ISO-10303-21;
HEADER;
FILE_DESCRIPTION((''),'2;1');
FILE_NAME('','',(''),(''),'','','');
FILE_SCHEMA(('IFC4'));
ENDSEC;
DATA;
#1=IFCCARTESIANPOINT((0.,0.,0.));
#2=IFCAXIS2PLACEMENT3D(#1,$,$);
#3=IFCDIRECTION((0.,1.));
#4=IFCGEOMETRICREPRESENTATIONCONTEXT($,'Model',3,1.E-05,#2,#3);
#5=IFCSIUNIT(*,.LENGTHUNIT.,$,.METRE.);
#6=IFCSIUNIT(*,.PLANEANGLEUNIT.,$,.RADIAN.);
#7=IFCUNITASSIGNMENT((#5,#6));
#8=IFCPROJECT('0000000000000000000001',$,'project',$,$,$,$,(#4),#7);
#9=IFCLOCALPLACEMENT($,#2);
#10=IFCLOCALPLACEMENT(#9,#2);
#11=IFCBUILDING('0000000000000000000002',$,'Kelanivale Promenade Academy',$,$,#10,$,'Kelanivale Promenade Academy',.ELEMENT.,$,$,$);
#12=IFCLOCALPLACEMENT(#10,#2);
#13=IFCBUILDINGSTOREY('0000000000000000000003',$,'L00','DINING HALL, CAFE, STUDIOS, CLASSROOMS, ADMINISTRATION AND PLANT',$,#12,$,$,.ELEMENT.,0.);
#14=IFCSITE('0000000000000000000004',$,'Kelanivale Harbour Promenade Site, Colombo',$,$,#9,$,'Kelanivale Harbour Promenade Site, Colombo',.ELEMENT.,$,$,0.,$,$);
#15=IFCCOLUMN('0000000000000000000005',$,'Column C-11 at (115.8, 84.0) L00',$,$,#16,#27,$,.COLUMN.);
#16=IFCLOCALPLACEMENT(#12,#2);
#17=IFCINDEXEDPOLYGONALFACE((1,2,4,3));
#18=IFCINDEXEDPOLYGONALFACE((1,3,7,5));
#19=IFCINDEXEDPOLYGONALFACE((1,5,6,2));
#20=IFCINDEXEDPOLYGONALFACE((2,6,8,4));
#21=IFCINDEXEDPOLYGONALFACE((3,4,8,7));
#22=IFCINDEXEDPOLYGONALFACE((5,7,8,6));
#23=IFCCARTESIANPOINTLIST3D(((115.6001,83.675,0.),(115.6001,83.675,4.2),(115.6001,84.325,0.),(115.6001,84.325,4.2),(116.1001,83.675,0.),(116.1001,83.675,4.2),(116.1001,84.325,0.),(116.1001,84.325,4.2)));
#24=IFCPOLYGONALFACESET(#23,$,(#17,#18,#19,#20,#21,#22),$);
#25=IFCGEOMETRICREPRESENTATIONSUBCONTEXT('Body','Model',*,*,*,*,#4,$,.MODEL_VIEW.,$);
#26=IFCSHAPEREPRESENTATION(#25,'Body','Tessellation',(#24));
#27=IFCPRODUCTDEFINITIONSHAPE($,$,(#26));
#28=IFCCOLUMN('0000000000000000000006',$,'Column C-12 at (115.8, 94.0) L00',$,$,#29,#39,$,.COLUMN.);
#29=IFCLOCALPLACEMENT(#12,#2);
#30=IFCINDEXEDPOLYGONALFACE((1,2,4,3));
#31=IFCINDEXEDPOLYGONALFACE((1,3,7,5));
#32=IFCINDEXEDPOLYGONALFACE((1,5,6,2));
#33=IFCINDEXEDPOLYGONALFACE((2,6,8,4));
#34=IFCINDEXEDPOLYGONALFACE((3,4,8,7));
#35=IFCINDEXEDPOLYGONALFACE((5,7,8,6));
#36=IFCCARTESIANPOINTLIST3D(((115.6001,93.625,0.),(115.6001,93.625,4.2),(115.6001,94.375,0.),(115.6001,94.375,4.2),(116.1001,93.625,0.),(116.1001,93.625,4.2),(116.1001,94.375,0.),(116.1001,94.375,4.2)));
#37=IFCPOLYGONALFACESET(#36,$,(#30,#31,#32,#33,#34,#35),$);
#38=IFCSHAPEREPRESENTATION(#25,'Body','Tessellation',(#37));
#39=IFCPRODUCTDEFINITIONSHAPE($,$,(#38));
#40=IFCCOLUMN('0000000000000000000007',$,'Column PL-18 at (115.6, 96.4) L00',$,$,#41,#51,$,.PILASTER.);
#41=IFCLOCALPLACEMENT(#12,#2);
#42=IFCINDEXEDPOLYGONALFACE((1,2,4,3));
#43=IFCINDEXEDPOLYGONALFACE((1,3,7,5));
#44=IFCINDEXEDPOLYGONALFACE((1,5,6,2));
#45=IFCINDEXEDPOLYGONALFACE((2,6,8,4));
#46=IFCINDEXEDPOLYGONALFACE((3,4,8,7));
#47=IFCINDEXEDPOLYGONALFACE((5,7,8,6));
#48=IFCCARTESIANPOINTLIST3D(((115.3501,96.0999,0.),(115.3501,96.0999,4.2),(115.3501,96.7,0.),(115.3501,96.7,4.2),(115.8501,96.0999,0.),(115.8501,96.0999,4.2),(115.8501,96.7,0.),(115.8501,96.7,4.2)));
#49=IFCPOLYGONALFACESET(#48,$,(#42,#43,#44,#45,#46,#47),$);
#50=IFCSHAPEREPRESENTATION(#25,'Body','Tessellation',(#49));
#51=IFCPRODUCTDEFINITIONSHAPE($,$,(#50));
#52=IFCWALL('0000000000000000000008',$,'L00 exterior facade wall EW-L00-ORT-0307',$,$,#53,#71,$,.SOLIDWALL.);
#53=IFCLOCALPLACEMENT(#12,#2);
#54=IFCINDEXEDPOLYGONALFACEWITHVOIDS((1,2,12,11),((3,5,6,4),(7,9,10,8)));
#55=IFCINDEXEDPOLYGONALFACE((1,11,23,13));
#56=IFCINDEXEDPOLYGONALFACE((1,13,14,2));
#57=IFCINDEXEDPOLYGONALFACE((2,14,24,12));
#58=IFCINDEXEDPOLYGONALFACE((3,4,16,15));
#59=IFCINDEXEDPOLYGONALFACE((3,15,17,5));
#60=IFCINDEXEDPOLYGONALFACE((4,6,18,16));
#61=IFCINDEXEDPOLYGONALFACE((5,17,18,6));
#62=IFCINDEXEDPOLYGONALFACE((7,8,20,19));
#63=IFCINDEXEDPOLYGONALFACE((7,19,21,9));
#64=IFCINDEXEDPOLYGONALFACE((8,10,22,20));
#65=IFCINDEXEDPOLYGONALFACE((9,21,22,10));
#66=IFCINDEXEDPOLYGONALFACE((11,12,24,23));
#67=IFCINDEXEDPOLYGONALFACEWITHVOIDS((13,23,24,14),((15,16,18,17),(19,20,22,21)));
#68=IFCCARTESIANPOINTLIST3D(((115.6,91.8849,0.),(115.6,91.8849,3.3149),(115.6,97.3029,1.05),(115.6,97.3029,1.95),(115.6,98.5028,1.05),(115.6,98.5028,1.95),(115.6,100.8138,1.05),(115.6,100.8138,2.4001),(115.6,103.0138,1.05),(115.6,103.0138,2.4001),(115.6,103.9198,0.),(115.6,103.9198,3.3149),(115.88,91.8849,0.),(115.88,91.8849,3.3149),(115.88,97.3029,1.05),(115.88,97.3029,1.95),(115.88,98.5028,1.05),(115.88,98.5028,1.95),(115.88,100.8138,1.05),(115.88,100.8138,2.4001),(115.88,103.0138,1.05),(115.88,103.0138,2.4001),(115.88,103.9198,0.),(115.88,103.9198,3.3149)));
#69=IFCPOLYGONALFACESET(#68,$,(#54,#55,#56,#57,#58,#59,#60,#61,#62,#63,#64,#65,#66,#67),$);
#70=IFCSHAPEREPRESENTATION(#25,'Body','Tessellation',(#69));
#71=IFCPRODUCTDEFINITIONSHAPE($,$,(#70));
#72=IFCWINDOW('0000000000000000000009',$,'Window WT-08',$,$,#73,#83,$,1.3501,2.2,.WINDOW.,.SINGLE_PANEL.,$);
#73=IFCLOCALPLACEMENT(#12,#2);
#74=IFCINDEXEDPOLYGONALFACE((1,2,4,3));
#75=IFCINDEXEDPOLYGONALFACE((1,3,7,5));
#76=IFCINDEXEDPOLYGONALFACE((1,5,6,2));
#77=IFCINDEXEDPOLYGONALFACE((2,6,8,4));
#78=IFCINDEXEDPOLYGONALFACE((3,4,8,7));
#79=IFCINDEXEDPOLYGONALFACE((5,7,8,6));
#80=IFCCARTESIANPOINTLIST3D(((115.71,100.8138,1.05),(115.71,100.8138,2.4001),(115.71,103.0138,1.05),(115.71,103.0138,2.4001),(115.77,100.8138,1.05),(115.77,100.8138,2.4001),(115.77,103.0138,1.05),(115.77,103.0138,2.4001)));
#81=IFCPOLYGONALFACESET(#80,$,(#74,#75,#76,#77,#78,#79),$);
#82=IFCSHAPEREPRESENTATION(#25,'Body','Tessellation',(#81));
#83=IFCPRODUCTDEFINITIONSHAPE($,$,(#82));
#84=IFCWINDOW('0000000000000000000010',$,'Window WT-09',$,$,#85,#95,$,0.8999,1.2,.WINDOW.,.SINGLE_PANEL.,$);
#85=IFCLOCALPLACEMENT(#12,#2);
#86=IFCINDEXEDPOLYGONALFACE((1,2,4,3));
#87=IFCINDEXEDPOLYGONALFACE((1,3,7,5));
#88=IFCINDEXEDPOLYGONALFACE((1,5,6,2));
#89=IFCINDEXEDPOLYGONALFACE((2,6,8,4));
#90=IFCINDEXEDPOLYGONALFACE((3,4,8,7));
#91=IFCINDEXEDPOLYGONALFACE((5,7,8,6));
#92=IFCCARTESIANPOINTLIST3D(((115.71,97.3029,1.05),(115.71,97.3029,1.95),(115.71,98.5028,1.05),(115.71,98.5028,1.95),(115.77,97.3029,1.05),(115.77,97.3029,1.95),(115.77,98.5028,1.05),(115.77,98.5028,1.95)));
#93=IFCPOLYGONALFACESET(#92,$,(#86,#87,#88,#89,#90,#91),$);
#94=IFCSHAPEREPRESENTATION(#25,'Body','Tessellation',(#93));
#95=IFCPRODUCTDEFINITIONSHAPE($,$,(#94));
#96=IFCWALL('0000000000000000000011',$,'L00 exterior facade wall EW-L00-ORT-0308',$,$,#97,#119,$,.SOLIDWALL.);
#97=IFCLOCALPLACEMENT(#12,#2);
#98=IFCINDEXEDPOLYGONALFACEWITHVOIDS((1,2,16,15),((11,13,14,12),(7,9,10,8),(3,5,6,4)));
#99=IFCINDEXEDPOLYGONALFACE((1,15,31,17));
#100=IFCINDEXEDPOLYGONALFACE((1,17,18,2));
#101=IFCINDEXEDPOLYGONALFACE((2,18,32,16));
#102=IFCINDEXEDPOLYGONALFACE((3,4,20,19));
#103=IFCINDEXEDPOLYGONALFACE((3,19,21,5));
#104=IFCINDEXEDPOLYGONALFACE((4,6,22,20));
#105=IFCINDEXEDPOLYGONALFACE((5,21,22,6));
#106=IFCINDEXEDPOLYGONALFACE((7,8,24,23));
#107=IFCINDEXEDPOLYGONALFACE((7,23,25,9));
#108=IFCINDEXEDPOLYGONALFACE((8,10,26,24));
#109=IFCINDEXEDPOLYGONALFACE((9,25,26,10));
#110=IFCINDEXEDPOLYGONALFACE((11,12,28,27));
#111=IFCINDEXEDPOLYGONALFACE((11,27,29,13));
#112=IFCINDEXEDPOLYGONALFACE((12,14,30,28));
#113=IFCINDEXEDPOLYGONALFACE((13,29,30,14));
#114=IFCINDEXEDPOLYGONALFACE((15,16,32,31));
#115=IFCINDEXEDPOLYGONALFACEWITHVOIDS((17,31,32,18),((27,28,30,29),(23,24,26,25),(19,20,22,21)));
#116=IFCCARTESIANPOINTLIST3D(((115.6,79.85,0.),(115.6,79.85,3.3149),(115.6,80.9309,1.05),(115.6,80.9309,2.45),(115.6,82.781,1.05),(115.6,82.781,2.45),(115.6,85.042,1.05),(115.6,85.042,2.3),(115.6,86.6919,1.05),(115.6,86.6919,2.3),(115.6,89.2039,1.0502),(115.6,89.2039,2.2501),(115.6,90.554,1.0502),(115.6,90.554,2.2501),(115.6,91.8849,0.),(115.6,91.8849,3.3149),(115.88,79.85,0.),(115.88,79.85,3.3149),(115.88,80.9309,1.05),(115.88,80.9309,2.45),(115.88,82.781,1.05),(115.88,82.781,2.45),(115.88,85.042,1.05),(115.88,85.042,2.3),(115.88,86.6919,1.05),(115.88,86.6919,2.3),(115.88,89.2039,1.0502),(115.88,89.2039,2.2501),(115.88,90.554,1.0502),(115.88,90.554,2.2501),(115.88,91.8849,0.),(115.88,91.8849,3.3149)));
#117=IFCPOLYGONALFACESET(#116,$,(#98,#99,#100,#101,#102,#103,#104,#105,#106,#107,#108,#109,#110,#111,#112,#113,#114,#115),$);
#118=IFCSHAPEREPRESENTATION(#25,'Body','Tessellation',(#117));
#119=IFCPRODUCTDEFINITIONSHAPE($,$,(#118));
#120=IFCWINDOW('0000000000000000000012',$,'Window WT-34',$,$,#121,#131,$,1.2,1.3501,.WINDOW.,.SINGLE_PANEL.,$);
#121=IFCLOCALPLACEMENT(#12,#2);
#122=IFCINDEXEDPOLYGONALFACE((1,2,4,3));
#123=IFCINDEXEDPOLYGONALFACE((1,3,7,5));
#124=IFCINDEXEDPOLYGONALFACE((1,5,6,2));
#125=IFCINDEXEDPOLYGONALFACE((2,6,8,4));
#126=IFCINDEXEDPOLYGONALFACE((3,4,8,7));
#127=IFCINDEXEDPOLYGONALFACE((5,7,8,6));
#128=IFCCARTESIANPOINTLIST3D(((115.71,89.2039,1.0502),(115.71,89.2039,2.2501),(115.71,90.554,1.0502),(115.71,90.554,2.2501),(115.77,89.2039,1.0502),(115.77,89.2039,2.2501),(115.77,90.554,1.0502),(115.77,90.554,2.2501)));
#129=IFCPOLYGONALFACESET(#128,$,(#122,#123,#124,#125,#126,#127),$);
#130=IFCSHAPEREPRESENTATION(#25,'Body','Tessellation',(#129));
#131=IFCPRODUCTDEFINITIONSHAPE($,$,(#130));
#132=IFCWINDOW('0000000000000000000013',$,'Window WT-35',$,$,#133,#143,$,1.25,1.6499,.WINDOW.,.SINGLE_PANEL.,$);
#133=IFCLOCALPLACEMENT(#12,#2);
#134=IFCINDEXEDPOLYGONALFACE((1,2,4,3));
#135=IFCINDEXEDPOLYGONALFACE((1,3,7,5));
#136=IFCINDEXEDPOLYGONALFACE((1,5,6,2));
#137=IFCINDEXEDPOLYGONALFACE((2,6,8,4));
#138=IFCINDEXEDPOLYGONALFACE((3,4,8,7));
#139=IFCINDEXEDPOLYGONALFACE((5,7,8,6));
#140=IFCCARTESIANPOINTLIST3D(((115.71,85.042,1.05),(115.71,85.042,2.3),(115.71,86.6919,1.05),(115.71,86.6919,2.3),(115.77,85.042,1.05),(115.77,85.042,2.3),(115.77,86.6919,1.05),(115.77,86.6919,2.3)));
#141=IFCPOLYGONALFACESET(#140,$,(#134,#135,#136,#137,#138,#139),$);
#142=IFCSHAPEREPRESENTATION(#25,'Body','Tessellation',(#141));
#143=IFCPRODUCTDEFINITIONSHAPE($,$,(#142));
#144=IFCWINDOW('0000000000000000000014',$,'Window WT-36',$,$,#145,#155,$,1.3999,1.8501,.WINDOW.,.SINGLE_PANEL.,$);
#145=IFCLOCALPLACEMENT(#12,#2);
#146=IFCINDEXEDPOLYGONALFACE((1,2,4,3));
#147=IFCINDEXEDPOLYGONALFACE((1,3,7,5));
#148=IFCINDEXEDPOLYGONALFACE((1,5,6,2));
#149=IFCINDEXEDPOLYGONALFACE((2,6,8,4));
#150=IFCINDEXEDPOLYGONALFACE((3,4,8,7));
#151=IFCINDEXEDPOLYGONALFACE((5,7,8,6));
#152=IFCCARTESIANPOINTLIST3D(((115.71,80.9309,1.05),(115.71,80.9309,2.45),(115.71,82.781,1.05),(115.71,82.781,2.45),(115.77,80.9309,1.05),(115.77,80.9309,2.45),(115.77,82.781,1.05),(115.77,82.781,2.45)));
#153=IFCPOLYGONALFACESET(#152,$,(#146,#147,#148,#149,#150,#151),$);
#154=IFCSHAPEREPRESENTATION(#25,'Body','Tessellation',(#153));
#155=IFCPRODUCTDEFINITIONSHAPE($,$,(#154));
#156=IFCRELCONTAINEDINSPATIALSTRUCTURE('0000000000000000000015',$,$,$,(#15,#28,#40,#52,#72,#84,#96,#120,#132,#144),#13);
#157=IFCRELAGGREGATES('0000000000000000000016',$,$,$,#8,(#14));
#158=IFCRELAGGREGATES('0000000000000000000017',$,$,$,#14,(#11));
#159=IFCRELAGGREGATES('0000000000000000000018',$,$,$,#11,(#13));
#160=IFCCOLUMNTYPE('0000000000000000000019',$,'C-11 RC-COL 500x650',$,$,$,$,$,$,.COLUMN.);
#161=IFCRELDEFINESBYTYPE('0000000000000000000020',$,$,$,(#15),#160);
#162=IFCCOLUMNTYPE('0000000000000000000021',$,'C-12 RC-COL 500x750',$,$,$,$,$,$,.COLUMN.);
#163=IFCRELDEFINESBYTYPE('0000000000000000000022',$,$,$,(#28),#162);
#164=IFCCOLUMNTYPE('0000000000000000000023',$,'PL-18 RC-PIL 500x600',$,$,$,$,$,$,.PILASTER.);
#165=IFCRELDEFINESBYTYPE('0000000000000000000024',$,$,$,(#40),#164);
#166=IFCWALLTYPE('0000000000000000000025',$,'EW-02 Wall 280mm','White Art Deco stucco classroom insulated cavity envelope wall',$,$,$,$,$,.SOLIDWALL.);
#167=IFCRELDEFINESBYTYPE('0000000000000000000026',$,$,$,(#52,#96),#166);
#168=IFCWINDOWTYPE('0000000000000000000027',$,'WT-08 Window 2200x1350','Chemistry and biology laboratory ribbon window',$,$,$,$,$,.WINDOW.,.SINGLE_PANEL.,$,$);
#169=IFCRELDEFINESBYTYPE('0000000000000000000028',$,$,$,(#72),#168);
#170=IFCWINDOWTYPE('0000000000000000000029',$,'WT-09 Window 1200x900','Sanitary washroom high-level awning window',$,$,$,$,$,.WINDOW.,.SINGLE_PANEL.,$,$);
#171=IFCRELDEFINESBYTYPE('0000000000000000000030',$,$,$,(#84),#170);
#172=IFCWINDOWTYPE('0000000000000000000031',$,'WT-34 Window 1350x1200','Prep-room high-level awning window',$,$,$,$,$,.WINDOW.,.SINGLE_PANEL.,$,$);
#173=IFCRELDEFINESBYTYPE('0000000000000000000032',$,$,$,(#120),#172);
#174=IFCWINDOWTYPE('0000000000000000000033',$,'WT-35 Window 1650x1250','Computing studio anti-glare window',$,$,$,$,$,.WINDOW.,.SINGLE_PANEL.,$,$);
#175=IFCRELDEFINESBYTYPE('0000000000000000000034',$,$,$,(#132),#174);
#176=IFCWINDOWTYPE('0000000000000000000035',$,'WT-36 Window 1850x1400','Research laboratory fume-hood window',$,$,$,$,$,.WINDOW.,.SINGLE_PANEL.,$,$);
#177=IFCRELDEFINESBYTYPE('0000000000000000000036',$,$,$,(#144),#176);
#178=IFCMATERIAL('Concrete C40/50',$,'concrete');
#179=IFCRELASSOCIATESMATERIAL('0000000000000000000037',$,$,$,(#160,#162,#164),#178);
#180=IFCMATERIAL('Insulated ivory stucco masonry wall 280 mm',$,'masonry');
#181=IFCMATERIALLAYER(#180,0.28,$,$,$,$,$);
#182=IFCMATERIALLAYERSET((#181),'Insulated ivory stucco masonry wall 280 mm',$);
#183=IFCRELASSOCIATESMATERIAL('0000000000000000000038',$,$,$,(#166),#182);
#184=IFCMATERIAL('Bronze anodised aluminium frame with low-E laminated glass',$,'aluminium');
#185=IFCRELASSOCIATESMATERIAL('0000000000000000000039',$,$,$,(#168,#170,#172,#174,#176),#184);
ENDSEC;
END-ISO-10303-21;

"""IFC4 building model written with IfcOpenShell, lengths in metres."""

from ifc_helpers import new_model, si_unit, direction, frame, frame_2d, origin, origin_2d, place, context, subcontext, project, spatial, rectangle, extrude, material, layer, layer_set, material_profile, profile_set, type_object, element, fill, save


model = new_model("IFC4")

# Units and contexts
model_context = context("Model", 3, precision=1e-05, world=origin(), true_north=direction((0.0, 1.0)))
body_context = subcontext(model_context, "Body", "Model", "MODEL_VIEW")
ifc_project = project(units=[si_unit("LENGTHUNIT", "METRE"), si_unit("PLANEANGLEUNIT", "RADIAN")], contexts=[model_context])

# Site, building, storey
site_placement = place(None, origin())
site = spatial("IfcSite", under=ifc_project, at=site_placement, Name="Kelanivale Harbour Promenade Site, Colombo", LongName="Kelanivale Harbour Promenade Site, Colombo", CompositionType="ELEMENT", RefElevation=0.0)
building_placement = place(site_placement, origin())
building = spatial("IfcBuilding", under=site, at=building_placement, Name="Kelanivale Promenade Academy", LongName="Kelanivale Promenade Academy", CompositionType="ELEMENT")
storey_placement = place(building_placement, origin())
storey = spatial("IfcBuildingStorey", under=building, at=storey_placement, Name="L00", Description="DINING HALL, CAFE, STUDIOS, CLASSROOMS, ADMINISTRATION AND PLANT", CompositionType="ELEMENT", Elevation=0.0)

# Columns
ifc_material_1 = material(Name="Concrete C40/50", Category="concrete")
ifc_material_profile_1 = material_profile(ifc_material_1, rectangle(XDim=0.5, YDim=0.6499, at=origin_2d()), Name="RC-COL 500x650")
ifc_profile_set_1 = profile_set([ifc_material_profile_1], Name="Concrete C40/50")
column_type_1 = type_object("IfcColumnType", Name="C-11 RC-COL 500x650", PredefinedType="COLUMN", material=ifc_profile_set_1)
column_1_placement = place(storey_placement, frame((115.8501, 84.0, 0.0), z_axis=(0.0, 0.0, 1.0), x_axis=(1.0, 0.0, 0.0)))
element("IfcColumn", 1, at=column_1_placement, inside=storey, type_object=column_type_1, Name="Column C-11 at (115.8, 84.0) L00", PredefinedType="COLUMN", context=body_context, shape_type="SweptSolid", body=[
    extrude(rectangle(XDim=0.5, YDim=0.6499, at=origin_2d()), origin(), (0.0, 0.0, 1.0), 4.2),
])
ifc_material_profile_2 = material_profile(ifc_material_1, rectangle(XDim=0.5, YDim=0.75, at=origin_2d()), Name="RC-COL 500x750")
ifc_profile_set_2 = profile_set([ifc_material_profile_2], Name="Concrete C40/50")
column_type_2 = type_object("IfcColumnType", Name="C-12 RC-COL 500x750", PredefinedType="COLUMN", material=ifc_profile_set_2)
column_2_placement = place(storey_placement, frame((115.8501, 94.0, 0.0), z_axis=(0.0, 0.0, 1.0), x_axis=(1.0, 0.0, 0.0)))
element("IfcColumn", 2, at=column_2_placement, inside=storey, type_object=column_type_2, Name="Column C-12 at (115.8, 94.0) L00", PredefinedType="COLUMN", context=body_context, shape_type="SweptSolid", body=[
    extrude(rectangle(XDim=0.5, YDim=0.75, at=origin_2d()), origin(), (0.0, 0.0, 1.0), 4.2),
])
ifc_material_profile_3 = material_profile(ifc_material_1, rectangle(XDim=0.5, YDim=0.6001, at=origin_2d()), Name="RC-PIL 500x600")
ifc_profile_set_3 = profile_set([ifc_material_profile_3], Name="Concrete C40/50")
column_type_3 = type_object("IfcColumnType", Name="PL-18 RC-PIL 500x600", PredefinedType="PILASTER", material=ifc_profile_set_3)
column_3_placement = place(storey_placement, frame((115.6001, 96.3999, 0.0), z_axis=(0.0, 0.0, 1.0), x_axis=(1.0, 0.0, 0.0)))
element("IfcColumn", 3, at=column_3_placement, inside=storey, type_object=column_type_3, Name="Column PL-18 at (115.6, 96.4) L00", PredefinedType="PILASTER", context=body_context, shape_type="SweptSolid", body=[
    extrude(rectangle(XDim=0.5, YDim=0.6001, at=origin_2d()), origin(), (0.0, 0.0, 1.0), 4.2),
])

# Walls, openings, windows
ifc_material_2 = material(Name="Insulated ivory stucco masonry wall 280 mm", Category="masonry")
ifc_layer_1 = layer(ifc_material_2, 0.28)
ifc_layer_set_1 = layer_set([ifc_layer_1], Name="Insulated ivory stucco masonry wall 280 mm")
wall_type = type_object("IfcWallType", Name="EW-02 Wall 280mm", Description="White Art Deco stucco classroom insulated cavity envelope wall", PredefinedType="SOLIDWALL", material=ifc_layer_set_1)
wall_1_placement = place(storey_placement, frame((115.74, 103.9199, 0.0), z_axis=(0.0, 0.0, 1.0), x_axis=(0.0, -1.0, 0.0)))
wall_1 = element("IfcWall", 4, at=wall_1_placement, inside=storey, type_object=wall_type, Name="L00 exterior facade wall EW-L00-ORT-0307", PredefinedType="SOLIDWALL", context=body_context, shape_type="SweptSolid", body=[
    extrude(rectangle(XDim=12.0349, YDim=0.28, at=frame_2d((6.0176, 0.0))), origin(), (0.0, 0.0, 1.0), 3.3149),
])
opening_1_placement = place(wall_1_placement, frame((0.906, 0.0, 1.05)))
opening_1 = element("IfcOpeningElement", 5, at=opening_1_placement, cuts=wall_1, PredefinedType="OPENING", context=body_context, shape_type="SweptSolid", body=[
    extrude(rectangle(XDim=2.2, YDim=1.3501, at=frame_2d((1.1001, 0.675))), frame((0.0, 0.1499, 0.0), z_axis=(0.0, -1.0, 0.0), x_axis=(1.0, 0.0, 0.0)), (0.0, 0.0, 1.0), 0.3),
])
opening_2_placement = place(wall_1_placement, frame((5.417, 0.0, 1.05)))
opening_2 = element("IfcOpeningElement", 6, at=opening_2_placement, cuts=wall_1, PredefinedType="OPENING", context=body_context, shape_type="SweptSolid", body=[
    extrude(rectangle(XDim=1.2, YDim=0.8999, at=frame_2d((0.6001, 0.45))), frame((0.0, 0.1499, 0.0), z_axis=(0.0, -1.0, 0.0), x_axis=(1.0, 0.0, 0.0)), (0.0, 0.0, 1.0), 0.3),
])
ifc_material_3 = material(Name="Bronze anodised aluminium frame with low-E laminated glass", Category="aluminium")
window_type_1 = type_object("IfcWindowType", Name="WT-08 Window 2200x1350", Description="Chemistry and biology laboratory ribbon window", PartitioningType="SINGLE_PANEL", PredefinedType="WINDOW", material=ifc_material_3)
window_1_placement = place(opening_1_placement, origin())
window_1 = element("IfcWindow", 7, at=window_1_placement, inside=storey, type_object=window_type_1, Name="Window WT-08", OverallHeight=1.3501, OverallWidth=2.2, PartitioningType="SINGLE_PANEL", PredefinedType="WINDOW", context=body_context, shape_type="SweptSolid", body=[
    extrude(rectangle(XDim=2.2, YDim=1.3501, at=frame_2d((1.1001, 0.675))), frame((0.0, 0.03, 0.0), z_axis=(0.0, -1.0, 0.0), x_axis=(1.0, 0.0, 0.0)), (0.0, 0.0, 1.0), 0.0601),
])
fill(opening_1, window_1)
window_type_2 = type_object("IfcWindowType", Name="WT-09 Window 1200x900", Description="Sanitary washroom high-level awning window", PartitioningType="SINGLE_PANEL", PredefinedType="WINDOW", material=ifc_material_3)
window_2_placement = place(opening_2_placement, origin())
window_2 = element("IfcWindow", 8, at=window_2_placement, inside=storey, type_object=window_type_2, Name="Window WT-09", OverallHeight=0.8999, OverallWidth=1.2, PartitioningType="SINGLE_PANEL", PredefinedType="WINDOW", context=body_context, shape_type="SweptSolid", body=[
    extrude(rectangle(XDim=1.2, YDim=0.8999, at=frame_2d((0.6001, 0.45))), frame((0.0, 0.03, 0.0), z_axis=(0.0, -1.0, 0.0), x_axis=(1.0, 0.0, 0.0)), (0.0, 0.0, 1.0), 0.0601),
])
fill(opening_2, window_2)
wall_2_placement = place(storey_placement, frame((115.74, 91.885, 0.0), z_axis=(0.0, 0.0, 1.0), x_axis=(0.0, -1.0, 0.0)))
wall_2 = element("IfcWall", 9, at=wall_2_placement, inside=storey, type_object=wall_type, Name="L00 exterior facade wall EW-L00-ORT-0308", PredefinedType="SOLIDWALL", context=body_context, shape_type="SweptSolid", body=[
    extrude(rectangle(XDim=12.0349, YDim=0.28, at=frame_2d((6.0176, 0.0))), origin(), (0.0, 0.0, 1.0), 3.3149),
])
opening_3_placement = place(wall_2_placement, frame((1.3311, 0.0, 1.05)))
opening_3 = element("IfcOpeningElement", 10, at=opening_3_placement, cuts=wall_2, PredefinedType="OPENING", context=body_context, shape_type="SweptSolid", body=[
    extrude(rectangle(XDim=1.3501, YDim=1.2, at=frame_2d((0.675, 0.6001))), frame((0.0, 0.1499, 0.0), z_axis=(0.0, -1.0, 0.0), x_axis=(1.0, 0.0, 0.0)), (0.0, 0.0, 1.0), 0.3),
])
opening_4_placement = place(wall_2_placement, frame((5.1931, 0.0, 1.05)))
opening_4 = element("IfcOpeningElement", 11, at=opening_4_placement, cuts=wall_2, PredefinedType="OPENING", context=body_context, shape_type="SweptSolid", body=[
    extrude(rectangle(XDim=1.6499, YDim=1.25, at=frame_2d((0.825, 0.625))), frame((0.0, 0.1499, 0.0), z_axis=(0.0, -1.0, 0.0), x_axis=(1.0, 0.0, 0.0)), (0.0, 0.0, 1.0), 0.3),
])
opening_5_placement = place(wall_2_placement, frame((9.104, 0.0, 1.05)))
opening_5 = element("IfcOpeningElement", 12, at=opening_5_placement, cuts=wall_2, PredefinedType="OPENING", context=body_context, shape_type="SweptSolid", body=[
    extrude(rectangle(XDim=1.8501, YDim=1.3999, at=frame_2d((0.925, 0.7))), frame((0.0, 0.1499, 0.0), z_axis=(0.0, -1.0, 0.0), x_axis=(1.0, 0.0, 0.0)), (0.0, 0.0, 1.0), 0.3),
])
window_type_3 = type_object("IfcWindowType", Name="WT-34 Window 1350x1200", Description="Prep-room high-level awning window", PartitioningType="SINGLE_PANEL", PredefinedType="WINDOW", material=ifc_material_3)
window_3_placement = place(opening_3_placement, origin())
window_3 = element("IfcWindow", 13, at=window_3_placement, inside=storey, type_object=window_type_3, Name="Window WT-34", OverallHeight=1.2, OverallWidth=1.3501, PartitioningType="SINGLE_PANEL", PredefinedType="WINDOW", context=body_context, shape_type="SweptSolid", body=[
    extrude(rectangle(XDim=1.3501, YDim=1.2, at=frame_2d((0.675, 0.6001))), frame((0.0, 0.03, 0.0), z_axis=(0.0, -1.0, 0.0), x_axis=(1.0, 0.0, 0.0)), (0.0, 0.0, 1.0), 0.0601),
])
fill(opening_3, window_3)
window_type_4 = type_object("IfcWindowType", Name="WT-35 Window 1650x1250", Description="Computing studio anti-glare window", PartitioningType="SINGLE_PANEL", PredefinedType="WINDOW", material=ifc_material_3)
window_4_placement = place(opening_4_placement, origin())
window_4 = element("IfcWindow", 14, at=window_4_placement, inside=storey, type_object=window_type_4, Name="Window WT-35", OverallHeight=1.25, OverallWidth=1.6499, PartitioningType="SINGLE_PANEL", PredefinedType="WINDOW", context=body_context, shape_type="SweptSolid", body=[
    extrude(rectangle(XDim=1.6499, YDim=1.25, at=frame_2d((0.825, 0.625))), frame((0.0, 0.03, 0.0), z_axis=(0.0, -1.0, 0.0), x_axis=(1.0, 0.0, 0.0)), (0.0, 0.0, 1.0), 0.0601),
])
fill(opening_4, window_4)
window_type_5 = type_object("IfcWindowType", Name="WT-36 Window 1850x1400", Description="Research laboratory fume-hood window", PartitioningType="SINGLE_PANEL", PredefinedType="WINDOW", material=ifc_material_3)
window_5_placement = place(opening_5_placement, origin())
window_5 = element("IfcWindow", 15, at=window_5_placement, inside=storey, type_object=window_type_5, Name="Window WT-36", OverallHeight=1.3999, OverallWidth=1.8501, PartitioningType="SINGLE_PANEL", PredefinedType="WINDOW", context=body_context, shape_type="SweptSolid", body=[
    extrude(rectangle(XDim=1.8501, YDim=1.3999, at=frame_2d((0.925, 0.7))), frame((0.0, 0.03, 0.0), z_axis=(0.0, -1.0, 0.0), x_axis=(1.0, 0.0, 0.0)), (0.0, 0.0, 1.0), 0.0601),
])
fill(opening_5, window_5)

save(model, "model.ifc")
